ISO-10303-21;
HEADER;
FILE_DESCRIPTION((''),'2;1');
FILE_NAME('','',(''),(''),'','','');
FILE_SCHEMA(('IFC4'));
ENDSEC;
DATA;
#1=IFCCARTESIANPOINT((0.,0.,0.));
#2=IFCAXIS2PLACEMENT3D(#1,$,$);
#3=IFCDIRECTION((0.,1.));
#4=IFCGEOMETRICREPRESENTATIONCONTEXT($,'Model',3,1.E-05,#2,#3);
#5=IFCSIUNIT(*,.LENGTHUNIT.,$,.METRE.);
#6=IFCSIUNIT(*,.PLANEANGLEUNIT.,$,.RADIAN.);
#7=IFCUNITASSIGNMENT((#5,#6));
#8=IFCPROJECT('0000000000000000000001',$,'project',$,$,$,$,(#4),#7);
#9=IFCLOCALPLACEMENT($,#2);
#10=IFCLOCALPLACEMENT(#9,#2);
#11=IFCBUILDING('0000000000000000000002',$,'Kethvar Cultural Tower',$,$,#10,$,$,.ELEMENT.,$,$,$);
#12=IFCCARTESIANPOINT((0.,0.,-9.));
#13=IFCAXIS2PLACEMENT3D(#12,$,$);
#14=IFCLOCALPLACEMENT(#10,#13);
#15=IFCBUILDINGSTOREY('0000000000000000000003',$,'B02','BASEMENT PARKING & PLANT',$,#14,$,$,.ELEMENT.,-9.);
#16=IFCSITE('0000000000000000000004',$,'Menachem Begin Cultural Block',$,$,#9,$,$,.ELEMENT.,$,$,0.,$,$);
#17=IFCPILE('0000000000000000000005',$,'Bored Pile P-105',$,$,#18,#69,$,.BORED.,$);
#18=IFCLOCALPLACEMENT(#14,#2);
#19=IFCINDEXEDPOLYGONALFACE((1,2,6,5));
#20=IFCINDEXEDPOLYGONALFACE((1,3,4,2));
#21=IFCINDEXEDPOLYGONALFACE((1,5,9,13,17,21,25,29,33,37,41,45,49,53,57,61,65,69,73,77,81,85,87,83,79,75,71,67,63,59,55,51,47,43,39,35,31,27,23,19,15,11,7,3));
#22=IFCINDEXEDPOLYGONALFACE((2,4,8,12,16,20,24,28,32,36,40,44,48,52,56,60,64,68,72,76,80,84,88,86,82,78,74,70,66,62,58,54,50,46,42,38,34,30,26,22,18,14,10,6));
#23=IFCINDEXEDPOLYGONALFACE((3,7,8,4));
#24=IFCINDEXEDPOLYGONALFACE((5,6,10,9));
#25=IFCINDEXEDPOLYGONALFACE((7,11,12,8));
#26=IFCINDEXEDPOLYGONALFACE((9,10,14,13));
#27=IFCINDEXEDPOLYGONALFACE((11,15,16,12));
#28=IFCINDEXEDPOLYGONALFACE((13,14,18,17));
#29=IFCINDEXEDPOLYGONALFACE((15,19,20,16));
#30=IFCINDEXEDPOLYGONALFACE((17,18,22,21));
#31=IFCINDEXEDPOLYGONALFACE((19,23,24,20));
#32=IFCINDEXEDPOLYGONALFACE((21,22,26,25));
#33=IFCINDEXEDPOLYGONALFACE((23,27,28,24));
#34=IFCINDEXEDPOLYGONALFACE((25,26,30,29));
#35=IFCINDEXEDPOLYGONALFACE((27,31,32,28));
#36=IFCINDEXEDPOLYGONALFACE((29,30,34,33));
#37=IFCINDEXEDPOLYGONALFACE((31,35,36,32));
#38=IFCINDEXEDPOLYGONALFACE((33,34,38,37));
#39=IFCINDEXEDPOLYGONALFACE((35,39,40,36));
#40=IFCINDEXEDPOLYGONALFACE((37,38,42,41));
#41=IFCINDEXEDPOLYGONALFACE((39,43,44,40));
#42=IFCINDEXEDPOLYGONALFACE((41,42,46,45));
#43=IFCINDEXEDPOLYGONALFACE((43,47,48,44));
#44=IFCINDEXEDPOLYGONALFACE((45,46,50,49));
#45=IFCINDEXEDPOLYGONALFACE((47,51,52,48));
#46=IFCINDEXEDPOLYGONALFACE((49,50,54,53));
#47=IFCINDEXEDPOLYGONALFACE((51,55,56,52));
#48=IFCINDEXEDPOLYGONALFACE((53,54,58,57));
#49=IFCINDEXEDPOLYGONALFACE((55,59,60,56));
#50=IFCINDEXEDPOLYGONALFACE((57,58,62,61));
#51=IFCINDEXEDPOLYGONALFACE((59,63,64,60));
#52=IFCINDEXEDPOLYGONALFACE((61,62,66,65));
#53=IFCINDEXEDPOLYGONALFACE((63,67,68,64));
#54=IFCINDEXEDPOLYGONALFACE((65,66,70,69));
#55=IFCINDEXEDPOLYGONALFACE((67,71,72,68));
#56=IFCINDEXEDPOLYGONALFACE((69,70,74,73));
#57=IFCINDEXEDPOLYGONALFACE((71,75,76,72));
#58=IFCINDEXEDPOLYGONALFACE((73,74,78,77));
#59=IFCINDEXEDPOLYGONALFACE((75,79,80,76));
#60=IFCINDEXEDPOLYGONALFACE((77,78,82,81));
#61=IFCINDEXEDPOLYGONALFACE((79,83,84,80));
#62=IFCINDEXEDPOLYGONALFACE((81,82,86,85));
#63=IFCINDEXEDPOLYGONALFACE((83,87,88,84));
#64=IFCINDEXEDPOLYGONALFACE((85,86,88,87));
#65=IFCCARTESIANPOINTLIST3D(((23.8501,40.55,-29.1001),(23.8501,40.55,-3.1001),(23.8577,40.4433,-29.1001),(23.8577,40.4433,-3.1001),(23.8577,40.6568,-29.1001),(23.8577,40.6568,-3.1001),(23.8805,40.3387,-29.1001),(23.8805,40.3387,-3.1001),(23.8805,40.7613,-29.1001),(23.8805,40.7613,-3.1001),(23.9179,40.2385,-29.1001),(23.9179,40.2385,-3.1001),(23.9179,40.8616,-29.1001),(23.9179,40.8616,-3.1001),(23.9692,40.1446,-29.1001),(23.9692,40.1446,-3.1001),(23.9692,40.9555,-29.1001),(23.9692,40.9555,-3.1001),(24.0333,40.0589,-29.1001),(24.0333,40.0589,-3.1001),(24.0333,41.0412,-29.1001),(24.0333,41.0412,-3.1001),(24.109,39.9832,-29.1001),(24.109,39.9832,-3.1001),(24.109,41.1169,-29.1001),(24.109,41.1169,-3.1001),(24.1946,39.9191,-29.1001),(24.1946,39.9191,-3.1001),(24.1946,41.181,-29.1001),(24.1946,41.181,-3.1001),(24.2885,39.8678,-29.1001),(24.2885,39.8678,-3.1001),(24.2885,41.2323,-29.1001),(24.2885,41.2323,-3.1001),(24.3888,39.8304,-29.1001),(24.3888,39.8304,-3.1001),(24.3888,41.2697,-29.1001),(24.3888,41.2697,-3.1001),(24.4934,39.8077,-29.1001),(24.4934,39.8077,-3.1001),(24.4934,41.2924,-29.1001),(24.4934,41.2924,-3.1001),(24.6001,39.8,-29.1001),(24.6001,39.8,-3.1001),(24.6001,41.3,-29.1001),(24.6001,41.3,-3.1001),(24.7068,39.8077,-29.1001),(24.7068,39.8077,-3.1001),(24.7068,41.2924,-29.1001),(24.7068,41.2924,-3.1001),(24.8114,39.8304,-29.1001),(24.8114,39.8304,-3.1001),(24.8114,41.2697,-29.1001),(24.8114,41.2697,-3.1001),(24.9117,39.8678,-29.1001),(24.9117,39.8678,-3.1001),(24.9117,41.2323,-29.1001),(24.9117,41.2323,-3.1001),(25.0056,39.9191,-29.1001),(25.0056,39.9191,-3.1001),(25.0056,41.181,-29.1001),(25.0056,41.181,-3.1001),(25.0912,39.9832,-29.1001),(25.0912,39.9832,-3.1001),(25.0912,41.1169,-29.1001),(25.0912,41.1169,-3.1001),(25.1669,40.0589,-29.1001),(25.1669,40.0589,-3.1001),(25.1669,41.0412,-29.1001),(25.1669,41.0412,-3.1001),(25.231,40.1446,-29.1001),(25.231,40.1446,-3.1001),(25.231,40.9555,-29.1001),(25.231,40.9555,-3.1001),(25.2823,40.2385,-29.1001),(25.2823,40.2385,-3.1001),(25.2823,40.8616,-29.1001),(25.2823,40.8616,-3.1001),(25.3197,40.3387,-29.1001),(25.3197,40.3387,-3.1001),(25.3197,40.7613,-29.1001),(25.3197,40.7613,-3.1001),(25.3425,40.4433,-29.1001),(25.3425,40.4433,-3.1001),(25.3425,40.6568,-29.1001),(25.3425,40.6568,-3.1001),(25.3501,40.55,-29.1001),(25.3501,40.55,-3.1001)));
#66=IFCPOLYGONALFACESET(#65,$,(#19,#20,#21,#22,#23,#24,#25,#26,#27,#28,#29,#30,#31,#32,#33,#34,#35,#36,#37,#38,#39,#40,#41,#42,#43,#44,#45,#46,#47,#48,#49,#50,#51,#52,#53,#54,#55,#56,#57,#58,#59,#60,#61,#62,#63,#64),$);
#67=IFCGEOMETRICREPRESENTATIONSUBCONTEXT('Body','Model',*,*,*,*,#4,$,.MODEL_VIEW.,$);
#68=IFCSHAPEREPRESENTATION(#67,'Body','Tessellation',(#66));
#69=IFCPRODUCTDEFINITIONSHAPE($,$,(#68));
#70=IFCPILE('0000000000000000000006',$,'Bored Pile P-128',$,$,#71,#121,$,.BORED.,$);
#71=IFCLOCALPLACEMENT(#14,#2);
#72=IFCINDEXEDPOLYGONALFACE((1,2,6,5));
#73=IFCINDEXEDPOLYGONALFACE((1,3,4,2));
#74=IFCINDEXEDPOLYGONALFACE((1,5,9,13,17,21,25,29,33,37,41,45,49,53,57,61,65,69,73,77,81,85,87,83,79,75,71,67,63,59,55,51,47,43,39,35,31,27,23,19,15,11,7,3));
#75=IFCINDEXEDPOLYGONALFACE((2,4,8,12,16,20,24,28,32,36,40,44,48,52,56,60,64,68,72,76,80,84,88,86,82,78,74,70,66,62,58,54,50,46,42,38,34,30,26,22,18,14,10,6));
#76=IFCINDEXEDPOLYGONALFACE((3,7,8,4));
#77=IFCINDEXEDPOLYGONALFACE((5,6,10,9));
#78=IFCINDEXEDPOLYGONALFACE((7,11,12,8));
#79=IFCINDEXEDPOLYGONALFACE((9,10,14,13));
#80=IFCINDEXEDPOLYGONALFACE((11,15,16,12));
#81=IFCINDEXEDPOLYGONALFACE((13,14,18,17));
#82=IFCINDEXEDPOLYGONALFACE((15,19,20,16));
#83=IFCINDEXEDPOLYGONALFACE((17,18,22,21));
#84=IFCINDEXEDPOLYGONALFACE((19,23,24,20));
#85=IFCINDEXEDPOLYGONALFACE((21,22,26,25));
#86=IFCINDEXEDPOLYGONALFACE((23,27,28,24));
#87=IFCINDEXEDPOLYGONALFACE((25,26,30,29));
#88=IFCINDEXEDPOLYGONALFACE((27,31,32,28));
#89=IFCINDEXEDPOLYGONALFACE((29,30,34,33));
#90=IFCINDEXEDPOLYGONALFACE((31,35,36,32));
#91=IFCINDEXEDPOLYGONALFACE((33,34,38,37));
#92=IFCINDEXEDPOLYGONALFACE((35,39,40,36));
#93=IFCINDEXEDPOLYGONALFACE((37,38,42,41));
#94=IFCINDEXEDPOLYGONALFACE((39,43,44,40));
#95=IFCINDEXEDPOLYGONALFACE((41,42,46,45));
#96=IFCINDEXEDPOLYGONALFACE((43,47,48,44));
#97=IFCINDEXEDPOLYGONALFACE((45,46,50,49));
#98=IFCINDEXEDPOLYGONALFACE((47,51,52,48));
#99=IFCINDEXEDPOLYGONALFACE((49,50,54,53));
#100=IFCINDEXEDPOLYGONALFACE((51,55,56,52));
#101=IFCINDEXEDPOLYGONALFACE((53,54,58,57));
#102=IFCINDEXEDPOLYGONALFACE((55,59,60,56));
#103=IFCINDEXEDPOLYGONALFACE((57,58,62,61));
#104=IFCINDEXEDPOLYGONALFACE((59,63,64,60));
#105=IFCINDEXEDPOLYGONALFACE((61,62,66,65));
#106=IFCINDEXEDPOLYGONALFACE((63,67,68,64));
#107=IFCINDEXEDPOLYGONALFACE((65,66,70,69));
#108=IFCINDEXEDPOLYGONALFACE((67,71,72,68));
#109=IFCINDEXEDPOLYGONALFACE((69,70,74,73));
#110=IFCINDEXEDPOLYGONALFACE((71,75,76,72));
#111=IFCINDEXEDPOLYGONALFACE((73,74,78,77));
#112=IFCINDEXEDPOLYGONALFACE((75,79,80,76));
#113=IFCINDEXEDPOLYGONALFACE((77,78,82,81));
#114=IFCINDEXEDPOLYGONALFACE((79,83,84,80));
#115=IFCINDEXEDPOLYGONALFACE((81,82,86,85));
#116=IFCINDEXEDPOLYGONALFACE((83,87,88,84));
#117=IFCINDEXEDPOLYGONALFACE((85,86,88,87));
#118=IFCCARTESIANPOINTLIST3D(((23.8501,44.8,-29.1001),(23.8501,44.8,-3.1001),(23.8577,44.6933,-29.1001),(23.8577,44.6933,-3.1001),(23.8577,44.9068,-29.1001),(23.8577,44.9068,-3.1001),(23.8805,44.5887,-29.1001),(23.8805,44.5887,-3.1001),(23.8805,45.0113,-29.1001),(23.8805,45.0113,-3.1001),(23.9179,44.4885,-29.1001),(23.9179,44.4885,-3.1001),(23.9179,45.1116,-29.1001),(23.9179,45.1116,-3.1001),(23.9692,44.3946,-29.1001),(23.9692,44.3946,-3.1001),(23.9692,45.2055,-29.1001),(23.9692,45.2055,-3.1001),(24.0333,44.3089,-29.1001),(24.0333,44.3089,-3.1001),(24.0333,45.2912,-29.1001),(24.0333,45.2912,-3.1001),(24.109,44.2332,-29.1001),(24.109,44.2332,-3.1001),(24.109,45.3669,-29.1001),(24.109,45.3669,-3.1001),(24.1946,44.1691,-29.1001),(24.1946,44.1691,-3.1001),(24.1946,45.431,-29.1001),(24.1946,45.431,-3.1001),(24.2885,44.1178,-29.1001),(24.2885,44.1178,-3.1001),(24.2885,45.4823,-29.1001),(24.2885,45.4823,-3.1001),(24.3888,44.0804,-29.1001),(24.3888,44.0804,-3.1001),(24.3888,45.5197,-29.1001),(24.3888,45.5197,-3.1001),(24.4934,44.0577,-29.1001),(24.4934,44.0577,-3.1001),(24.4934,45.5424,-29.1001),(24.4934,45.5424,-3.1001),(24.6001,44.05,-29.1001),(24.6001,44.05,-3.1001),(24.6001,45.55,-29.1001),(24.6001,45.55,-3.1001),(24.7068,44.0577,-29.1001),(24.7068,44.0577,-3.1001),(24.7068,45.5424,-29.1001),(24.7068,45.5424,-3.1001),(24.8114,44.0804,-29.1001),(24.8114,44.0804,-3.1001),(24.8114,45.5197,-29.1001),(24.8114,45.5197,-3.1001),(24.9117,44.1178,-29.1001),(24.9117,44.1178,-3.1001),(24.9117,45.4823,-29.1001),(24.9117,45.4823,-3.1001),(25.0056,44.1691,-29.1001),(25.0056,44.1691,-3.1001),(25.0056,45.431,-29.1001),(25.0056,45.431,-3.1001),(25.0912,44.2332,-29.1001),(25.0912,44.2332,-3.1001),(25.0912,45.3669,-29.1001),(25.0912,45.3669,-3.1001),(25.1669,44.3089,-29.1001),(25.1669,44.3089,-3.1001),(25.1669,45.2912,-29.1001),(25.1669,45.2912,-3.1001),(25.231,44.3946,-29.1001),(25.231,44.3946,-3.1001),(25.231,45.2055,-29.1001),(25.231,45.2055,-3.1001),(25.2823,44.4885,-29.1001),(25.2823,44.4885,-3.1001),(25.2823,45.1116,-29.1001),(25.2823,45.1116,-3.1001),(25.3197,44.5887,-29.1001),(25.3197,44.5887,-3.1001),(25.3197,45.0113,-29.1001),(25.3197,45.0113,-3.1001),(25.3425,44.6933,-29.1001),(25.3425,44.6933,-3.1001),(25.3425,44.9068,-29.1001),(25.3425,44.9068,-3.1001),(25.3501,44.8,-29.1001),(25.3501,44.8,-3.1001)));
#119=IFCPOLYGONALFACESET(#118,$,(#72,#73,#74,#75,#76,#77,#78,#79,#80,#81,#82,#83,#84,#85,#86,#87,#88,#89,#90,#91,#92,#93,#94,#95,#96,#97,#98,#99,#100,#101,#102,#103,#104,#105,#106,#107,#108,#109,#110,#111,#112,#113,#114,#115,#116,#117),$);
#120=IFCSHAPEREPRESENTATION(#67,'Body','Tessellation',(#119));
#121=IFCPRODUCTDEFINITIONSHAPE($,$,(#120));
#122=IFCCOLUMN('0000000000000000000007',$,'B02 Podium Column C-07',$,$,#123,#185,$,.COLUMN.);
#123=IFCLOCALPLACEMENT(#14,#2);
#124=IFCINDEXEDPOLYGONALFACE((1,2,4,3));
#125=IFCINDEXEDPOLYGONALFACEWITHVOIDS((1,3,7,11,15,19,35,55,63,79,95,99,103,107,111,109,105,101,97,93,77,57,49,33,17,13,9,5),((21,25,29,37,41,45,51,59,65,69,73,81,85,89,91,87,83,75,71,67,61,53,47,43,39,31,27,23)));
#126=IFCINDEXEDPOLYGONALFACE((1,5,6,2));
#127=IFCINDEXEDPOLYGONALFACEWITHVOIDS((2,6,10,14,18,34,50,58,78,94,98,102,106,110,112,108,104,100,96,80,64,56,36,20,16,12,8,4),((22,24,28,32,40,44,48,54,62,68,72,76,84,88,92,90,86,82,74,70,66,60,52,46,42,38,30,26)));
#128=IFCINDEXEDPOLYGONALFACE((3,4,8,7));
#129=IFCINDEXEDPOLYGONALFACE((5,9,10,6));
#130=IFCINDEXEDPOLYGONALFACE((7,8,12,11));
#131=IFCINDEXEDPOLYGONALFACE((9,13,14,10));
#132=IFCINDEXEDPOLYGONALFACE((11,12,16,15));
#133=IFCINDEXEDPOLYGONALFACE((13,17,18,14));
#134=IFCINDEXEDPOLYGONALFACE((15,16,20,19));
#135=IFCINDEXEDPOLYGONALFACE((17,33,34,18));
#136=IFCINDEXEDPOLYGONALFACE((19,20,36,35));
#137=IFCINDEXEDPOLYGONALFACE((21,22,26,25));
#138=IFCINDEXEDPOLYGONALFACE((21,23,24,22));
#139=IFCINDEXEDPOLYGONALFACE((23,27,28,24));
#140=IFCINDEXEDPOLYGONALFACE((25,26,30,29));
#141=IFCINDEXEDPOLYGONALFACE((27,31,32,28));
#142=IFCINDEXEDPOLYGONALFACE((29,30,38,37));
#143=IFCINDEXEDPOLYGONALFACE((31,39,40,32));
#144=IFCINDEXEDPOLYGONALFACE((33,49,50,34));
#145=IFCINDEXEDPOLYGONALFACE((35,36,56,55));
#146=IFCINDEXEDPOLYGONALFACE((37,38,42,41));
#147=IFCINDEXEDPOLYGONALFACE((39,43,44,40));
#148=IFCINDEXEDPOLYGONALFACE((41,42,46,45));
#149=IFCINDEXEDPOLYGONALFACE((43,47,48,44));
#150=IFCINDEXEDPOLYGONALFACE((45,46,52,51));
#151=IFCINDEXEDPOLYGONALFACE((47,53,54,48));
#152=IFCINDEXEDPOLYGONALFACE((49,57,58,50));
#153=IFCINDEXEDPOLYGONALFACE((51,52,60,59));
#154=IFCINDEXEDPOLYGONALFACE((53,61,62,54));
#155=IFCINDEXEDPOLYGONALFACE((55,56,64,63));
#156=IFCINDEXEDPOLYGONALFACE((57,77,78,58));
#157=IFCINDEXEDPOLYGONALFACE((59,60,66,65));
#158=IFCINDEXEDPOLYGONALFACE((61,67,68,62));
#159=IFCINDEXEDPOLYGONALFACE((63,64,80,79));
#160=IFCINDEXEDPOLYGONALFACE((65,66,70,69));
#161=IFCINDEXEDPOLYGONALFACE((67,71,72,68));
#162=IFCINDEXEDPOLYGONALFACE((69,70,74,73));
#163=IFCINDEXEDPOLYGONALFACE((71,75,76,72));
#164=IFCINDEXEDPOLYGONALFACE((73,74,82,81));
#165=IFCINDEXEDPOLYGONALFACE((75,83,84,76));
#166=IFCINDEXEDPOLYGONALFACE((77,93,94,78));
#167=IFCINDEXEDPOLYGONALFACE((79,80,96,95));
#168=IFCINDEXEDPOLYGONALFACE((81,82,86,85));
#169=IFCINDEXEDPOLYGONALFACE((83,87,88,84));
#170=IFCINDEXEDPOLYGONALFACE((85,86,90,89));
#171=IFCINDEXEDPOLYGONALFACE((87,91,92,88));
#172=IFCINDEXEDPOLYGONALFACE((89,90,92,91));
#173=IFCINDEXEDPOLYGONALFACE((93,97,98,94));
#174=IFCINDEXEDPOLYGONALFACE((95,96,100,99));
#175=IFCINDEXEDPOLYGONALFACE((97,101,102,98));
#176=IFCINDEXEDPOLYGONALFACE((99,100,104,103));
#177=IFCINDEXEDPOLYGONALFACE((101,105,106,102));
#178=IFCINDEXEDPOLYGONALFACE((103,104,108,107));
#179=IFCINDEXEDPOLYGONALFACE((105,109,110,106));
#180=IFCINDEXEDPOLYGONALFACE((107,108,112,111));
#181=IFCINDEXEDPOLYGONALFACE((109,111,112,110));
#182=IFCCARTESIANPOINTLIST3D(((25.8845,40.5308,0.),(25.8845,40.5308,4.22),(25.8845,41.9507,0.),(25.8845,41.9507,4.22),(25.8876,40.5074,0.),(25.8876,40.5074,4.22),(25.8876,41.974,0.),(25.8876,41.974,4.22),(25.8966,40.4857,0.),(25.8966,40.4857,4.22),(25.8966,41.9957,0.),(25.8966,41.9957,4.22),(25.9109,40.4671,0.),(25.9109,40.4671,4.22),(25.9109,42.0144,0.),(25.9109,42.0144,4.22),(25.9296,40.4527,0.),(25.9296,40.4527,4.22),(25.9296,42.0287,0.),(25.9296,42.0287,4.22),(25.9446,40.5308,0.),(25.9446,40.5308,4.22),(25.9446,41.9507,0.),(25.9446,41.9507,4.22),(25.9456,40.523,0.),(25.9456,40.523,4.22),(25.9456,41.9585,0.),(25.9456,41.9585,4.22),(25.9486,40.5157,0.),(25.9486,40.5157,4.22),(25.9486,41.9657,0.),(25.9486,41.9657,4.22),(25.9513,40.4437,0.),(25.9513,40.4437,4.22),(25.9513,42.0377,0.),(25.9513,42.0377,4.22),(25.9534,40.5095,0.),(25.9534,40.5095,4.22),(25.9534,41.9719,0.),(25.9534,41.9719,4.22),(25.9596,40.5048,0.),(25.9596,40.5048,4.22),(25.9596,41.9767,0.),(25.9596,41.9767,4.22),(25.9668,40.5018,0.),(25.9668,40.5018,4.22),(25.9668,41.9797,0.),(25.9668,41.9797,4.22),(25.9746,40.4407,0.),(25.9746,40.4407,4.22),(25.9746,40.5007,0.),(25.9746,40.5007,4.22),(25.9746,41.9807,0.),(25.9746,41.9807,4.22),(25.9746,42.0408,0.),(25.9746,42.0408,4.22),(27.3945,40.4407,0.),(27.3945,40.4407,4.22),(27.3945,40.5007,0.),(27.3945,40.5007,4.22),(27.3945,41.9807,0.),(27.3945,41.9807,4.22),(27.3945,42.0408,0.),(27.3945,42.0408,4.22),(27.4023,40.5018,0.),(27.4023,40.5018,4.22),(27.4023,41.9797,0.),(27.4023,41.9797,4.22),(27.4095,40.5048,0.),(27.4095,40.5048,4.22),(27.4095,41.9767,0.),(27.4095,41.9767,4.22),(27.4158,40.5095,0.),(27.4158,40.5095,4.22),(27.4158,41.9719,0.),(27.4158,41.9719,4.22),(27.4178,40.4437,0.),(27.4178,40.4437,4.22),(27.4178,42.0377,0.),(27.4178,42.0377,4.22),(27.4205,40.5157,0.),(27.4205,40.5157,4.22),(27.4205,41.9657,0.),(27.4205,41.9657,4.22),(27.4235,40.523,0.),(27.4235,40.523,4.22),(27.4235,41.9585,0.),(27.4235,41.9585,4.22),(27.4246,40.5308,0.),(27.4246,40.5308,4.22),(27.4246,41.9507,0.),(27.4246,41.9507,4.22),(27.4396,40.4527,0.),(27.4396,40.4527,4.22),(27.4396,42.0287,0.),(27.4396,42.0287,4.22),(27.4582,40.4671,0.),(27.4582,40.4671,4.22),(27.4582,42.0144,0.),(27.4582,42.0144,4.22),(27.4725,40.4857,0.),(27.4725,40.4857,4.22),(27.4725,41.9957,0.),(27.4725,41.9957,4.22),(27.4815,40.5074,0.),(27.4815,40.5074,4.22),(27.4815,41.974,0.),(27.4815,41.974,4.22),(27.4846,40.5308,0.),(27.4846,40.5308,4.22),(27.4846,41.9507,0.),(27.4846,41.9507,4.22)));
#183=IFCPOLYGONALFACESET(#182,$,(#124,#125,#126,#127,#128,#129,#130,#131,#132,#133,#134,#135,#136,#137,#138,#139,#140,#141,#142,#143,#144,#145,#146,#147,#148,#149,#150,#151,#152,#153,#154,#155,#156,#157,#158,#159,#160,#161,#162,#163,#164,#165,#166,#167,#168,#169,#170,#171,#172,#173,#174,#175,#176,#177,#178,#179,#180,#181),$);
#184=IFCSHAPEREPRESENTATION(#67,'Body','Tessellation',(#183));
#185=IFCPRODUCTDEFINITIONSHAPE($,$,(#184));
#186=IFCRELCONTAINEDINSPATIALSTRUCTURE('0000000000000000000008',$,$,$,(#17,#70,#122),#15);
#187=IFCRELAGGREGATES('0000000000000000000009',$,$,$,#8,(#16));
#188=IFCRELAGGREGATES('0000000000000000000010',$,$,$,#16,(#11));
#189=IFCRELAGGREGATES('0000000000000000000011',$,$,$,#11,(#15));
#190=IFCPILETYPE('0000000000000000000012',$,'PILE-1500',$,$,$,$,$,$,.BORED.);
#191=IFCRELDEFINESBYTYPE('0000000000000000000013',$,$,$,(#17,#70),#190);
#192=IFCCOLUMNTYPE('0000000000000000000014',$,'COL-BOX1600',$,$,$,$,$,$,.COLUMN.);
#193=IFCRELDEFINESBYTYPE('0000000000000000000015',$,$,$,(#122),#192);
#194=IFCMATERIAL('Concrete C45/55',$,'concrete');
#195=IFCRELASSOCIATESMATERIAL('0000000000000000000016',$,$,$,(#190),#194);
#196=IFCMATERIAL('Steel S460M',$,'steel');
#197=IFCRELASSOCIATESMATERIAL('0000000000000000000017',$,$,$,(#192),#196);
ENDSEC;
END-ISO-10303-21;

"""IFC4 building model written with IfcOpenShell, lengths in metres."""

from ifc_helpers import new_model, si_unit, direction, frame, origin, origin_2d, place, context, subcontext, project, spatial, hollow_rectangle, circle, extrude, source, transform, mapped, material, material_profile, profile_set, type_object, element, save


model = new_model("IFC4")

# Units and contexts
model_context = context("Model", 3, precision=1e-05, world=origin(), true_north=direction((0.0, 1.0)))
body_context = subcontext(model_context, "Body", "Model", "MODEL_VIEW")
ifc_project = project(units=[si_unit("LENGTHUNIT", "METRE"), si_unit("PLANEANGLEUNIT", "RADIAN")], contexts=[model_context])

# Site, building, storey
site_placement = place(None, origin())
site = spatial("IfcSite", under=ifc_project, at=site_placement, Name="Menachem Begin Cultural Block", CompositionType="ELEMENT", RefElevation=0.0)
building_placement = place(site_placement, origin())
building = spatial("IfcBuilding", under=site, at=building_placement, Name="Kethvar Cultural Tower", CompositionType="ELEMENT")
storey_placement = place(building_placement, frame((0.0, 0.0, -9.0)))
storey = spatial("IfcBuildingStorey", under=building, at=storey_placement, Name="B02", Description="BASEMENT PARKING & PLANT", CompositionType="ELEMENT", Elevation=-9.0)

# Piles
ifc_material_1 = material(Name="Concrete C45/55", Category="concrete")
ifc_material_profile_1 = material_profile(ifc_material_1, circle(Radius=0.75, at=origin_2d()), Name="Concrete C45/55 — PILE1500")
ifc_profile_set_1 = profile_set([ifc_material_profile_1], Name="Concrete C45/55 — PILE1500")
pile_type = type_object("IfcPileType", Name="PILE-1500", PredefinedType="BORED", material=ifc_profile_set_1)
shared_shape_1 = source(origin(), body_context, "Body", "SweptSolid", [
    extrude(circle(Radius=0.75, at=origin_2d()), origin(), (0.0, 0.0, 1.0), 26.0),
])
for number, where, z_axis, x_axis, name in (
    (1, (24.6001, 40.55, -3.1001), (0.0, 0.0, -1.0), (1.0, 0.0, 0.0), "Bored Pile P-105"),
    (2, (24.6001, 44.8, -3.1001), (0.0, 0.0, -1.0), (1.0, 0.0, 0.0), "Bored Pile P-128"),
):
    element("IfcPile", number, at=place(storey_placement, frame(where, z_axis=z_axis, x_axis=x_axis)), inside=storey, type_object=pile_type, Name=name, PredefinedType="BORED", context=body_context, shape_type="MappedRepresentation", body=[
        mapped(shared_shape_1, transform((0.0, 0.0, 0.0), scale=1.0)),
    ])

# Column
ifc_material_2 = material(Name="Steel S460M", Category="steel")
ifc_material_profile_2 = material_profile(ifc_material_2, hollow_rectangle(XDim=1.6001, YDim=1.6001, WallThickness=0.0601, InnerFilletRadius=0.03, OuterFilletRadius=0.0901, at=origin_2d()), Name="Steel S460M — BOX1600x1600x60")
ifc_profile_set_2 = profile_set([ifc_material_profile_2], Name="Steel S460M — BOX1600x1600x60")
column_type = type_object("IfcColumnType", Name="COL-BOX1600", PredefinedType="COLUMN", material=ifc_profile_set_2)
shared_shape_2 = source(origin(), body_context, "Body", "SweptSolid", [
    extrude(hollow_rectangle(XDim=1.6001, YDim=1.6001, WallThickness=0.0601, InnerFilletRadius=0.03, OuterFilletRadius=0.0901, at=origin_2d()), origin(), (0.0, 0.0, 1.0), 4.22),
])
column_placement = place(storey_placement, frame((26.6846, 41.2407, 0.0), z_axis=(0.0, 0.0, 1.0), x_axis=(1.0, 0.0, 0.0)))
element("IfcColumn", 3, at=column_placement, inside=storey, type_object=column_type, Name="B02 Podium Column C-07", PredefinedType="COLUMN", context=body_context, shape_type="MappedRepresentation", body=[
    mapped(shared_shape_2, transform((0.0, 0.0, 0.0), scale=1.0)),
])

save(model, "model.ifc")
